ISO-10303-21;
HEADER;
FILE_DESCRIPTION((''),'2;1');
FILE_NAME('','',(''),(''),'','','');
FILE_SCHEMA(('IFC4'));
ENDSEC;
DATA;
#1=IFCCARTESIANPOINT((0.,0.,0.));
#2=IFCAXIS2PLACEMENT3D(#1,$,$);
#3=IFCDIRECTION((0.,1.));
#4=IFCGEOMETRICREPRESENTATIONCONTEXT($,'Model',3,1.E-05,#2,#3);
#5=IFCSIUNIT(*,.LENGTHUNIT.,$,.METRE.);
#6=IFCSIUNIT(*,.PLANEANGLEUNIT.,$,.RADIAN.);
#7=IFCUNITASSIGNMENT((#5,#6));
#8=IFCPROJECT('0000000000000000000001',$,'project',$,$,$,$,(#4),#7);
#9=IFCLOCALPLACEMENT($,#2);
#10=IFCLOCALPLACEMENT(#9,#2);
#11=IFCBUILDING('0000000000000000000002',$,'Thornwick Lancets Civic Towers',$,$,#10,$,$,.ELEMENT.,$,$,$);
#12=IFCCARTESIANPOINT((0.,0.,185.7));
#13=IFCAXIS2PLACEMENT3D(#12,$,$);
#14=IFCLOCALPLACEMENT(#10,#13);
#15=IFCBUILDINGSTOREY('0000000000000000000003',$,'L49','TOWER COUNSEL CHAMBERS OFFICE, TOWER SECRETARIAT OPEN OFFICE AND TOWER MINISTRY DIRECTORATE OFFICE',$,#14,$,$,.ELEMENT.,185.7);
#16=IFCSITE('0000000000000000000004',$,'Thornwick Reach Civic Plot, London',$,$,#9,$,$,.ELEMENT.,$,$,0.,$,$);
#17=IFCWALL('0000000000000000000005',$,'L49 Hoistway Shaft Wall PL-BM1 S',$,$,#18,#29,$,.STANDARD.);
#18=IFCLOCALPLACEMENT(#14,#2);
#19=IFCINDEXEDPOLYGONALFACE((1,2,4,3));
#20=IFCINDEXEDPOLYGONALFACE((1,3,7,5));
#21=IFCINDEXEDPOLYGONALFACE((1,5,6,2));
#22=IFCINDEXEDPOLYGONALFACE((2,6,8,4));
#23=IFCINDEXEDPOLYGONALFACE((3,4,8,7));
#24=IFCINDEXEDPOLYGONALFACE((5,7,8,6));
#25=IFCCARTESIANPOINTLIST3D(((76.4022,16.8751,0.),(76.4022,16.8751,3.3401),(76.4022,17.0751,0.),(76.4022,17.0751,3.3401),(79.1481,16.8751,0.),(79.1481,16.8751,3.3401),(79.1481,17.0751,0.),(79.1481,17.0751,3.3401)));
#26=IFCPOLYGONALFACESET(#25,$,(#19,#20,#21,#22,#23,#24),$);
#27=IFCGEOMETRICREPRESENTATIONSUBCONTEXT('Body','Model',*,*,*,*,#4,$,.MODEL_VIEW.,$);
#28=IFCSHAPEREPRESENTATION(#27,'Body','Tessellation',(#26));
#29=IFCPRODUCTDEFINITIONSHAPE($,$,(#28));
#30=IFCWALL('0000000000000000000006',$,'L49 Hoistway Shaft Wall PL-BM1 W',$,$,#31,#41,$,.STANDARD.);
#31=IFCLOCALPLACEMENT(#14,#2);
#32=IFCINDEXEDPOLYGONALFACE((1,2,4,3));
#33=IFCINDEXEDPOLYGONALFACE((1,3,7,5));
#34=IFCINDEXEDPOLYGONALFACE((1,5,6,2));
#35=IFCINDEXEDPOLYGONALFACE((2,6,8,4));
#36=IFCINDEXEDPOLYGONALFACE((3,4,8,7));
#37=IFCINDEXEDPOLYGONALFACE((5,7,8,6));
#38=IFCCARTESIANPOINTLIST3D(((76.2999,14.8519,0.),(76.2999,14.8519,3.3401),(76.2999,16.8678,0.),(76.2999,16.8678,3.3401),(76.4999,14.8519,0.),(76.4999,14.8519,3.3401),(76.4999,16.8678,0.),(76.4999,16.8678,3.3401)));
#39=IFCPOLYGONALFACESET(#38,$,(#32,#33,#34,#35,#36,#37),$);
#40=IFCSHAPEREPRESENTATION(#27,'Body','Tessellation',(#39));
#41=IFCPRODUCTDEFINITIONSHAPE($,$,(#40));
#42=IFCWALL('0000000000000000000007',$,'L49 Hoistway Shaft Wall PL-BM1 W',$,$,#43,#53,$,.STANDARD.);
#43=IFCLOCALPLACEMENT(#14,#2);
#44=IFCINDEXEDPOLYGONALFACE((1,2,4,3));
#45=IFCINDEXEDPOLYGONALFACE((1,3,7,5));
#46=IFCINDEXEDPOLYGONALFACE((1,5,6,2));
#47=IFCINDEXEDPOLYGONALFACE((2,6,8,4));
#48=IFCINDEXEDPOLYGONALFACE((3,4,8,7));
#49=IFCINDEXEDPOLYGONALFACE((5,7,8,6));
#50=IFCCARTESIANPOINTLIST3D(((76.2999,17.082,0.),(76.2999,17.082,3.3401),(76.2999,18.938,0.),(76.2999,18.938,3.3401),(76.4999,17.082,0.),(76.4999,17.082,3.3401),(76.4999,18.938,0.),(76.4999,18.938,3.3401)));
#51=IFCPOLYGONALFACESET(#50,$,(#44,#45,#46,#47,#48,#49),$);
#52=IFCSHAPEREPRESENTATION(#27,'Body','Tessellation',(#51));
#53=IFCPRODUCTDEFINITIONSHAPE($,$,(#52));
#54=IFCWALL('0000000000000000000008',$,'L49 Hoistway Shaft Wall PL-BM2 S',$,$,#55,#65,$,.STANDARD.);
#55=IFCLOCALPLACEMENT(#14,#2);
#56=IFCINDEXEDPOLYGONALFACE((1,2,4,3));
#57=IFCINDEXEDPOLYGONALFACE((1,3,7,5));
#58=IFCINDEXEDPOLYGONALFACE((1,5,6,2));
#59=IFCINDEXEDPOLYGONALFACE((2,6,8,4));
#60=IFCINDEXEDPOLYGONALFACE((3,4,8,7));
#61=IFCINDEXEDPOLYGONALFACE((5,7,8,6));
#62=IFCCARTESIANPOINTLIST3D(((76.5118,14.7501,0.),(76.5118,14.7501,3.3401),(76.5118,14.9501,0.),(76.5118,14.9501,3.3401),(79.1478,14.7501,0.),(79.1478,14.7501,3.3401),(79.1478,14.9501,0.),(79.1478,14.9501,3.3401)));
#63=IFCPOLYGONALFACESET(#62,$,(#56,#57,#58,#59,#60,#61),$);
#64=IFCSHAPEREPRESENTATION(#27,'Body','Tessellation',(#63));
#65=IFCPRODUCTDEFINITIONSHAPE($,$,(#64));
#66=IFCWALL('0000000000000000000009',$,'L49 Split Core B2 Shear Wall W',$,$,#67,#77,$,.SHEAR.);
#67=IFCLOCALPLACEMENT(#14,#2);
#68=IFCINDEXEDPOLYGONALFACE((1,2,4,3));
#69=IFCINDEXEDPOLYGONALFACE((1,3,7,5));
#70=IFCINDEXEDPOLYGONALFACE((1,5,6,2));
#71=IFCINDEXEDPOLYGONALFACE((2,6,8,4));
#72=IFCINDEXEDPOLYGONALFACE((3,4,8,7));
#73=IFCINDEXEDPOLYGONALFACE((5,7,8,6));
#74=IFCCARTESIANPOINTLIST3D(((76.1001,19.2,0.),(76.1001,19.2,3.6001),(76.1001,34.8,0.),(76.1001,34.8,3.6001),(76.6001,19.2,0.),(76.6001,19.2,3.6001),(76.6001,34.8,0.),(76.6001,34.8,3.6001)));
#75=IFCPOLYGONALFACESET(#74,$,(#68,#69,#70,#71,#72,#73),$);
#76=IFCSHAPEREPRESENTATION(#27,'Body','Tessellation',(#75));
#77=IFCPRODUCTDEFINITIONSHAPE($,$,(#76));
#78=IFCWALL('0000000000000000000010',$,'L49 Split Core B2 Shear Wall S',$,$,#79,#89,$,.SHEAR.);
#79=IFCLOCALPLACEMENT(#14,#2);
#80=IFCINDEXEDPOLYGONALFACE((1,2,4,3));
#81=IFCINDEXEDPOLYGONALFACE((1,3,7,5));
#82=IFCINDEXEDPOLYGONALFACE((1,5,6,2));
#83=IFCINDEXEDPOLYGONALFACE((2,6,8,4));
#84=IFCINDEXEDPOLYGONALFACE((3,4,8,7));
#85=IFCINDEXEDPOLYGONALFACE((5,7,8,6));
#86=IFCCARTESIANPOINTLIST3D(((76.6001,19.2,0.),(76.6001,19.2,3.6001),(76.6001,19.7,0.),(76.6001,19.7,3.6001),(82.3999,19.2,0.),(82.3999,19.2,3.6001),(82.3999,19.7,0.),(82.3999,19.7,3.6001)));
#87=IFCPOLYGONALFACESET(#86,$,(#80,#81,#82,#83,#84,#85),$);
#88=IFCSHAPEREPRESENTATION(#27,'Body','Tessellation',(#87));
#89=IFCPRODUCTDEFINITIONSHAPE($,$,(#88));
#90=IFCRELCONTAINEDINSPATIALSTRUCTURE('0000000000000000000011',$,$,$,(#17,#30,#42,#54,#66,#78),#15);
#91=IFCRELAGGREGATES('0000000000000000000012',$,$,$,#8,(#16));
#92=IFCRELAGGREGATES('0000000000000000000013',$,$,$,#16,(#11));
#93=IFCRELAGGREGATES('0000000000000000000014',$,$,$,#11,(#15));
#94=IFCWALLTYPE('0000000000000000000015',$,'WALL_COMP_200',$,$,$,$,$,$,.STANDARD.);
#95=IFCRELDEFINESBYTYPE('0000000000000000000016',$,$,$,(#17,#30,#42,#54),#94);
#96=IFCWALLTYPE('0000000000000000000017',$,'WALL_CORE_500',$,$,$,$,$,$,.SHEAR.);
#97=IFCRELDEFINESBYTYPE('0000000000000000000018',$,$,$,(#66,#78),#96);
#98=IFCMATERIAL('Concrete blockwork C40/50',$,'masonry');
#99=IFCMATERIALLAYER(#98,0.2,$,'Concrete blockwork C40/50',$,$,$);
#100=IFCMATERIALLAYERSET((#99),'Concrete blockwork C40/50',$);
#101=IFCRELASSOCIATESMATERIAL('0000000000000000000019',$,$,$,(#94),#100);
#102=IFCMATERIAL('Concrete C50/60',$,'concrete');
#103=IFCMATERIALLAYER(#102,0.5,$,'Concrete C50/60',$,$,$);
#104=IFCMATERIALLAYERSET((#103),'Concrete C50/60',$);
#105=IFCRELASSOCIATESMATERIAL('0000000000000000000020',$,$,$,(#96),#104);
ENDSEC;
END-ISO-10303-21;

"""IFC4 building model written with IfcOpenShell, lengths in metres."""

from ifc_helpers import new_model, si_unit, direction, frame, frame_2d, origin, place, context, subcontext, project, spatial, rectangle, extrude, material, layer, layer_set, type_object, element, save


model = new_model("IFC4")

# Units and contexts
model_context = context("Model", 3, precision=1e-05, world=origin(), true_north=direction((0.0, 1.0)))
body_context = subcontext(model_context, "Body", "Model", "MODEL_VIEW")
ifc_project = project(units=[si_unit("LENGTHUNIT", "METRE"), si_unit("PLANEANGLEUNIT", "RADIAN")], contexts=[model_context])

# Site, building, storey
site_placement = place(None, origin())
site = spatial("IfcSite", under=ifc_project, at=site_placement, Name="Thornwick Reach Civic Plot, London", CompositionType="ELEMENT", RefElevation=0.0)
building_placement = place(site_placement, origin())
building = spatial("IfcBuilding", under=site, at=building_placement, Name="Thornwick Lancets Civic Towers", CompositionType="ELEMENT")
storey_placement = place(building_placement, frame((0.0, 0.0, 185.7)))
storey = spatial("IfcBuildingStorey", under=building, at=storey_placement, Name="L49", Description="TOWER COUNSEL CHAMBERS OFFICE, TOWER SECRETARIAT OPEN OFFICE AND TOWER MINISTRY DIRECTORATE OFFICE", CompositionType="ELEMENT", Elevation=185.7)

# Shared definitions
ifc_material_1 = material(Name="Concrete C50/60", Category="concrete")

# Walls
ifc_material_2 = material(Name="Concrete blockwork C40/50", Category="masonry")
ifc_layer_1 = layer(ifc_material_2, 0.2, Name="Concrete blockwork C40/50")
ifc_layer_set_1 = layer_set([ifc_layer_1], Name="Concrete blockwork C40/50")
wall_type_1 = type_object("IfcWallType", Name="WALL_COMP_200", PredefinedType="STANDARD", material=ifc_layer_set_1)
wall_1_placement = place(storey_placement, frame((76.4021, 16.9751, 0.0), z_axis=(0.0, 0.0, 1.0), x_axis=(1.0, 0.0, 0.0)))
element("IfcWall", 1, at=wall_1_placement, inside=storey, type_object=wall_type_1, Name="L49 Hoistway Shaft Wall PL-BM1 S", PredefinedType="STANDARD", context=body_context, shape_type="SweptSolid", body=[
    extrude(rectangle(XDim=2.7458, YDim=0.2, at=frame_2d((1.373, 0.0))), origin(), (0.0, 0.0, 1.0), 3.3401),
])
wall_2_placement = place(storey_placement, frame((76.3999, 14.8521, 0.0), z_axis=(0.0, 0.0, 1.0), x_axis=(0.0, 1.0, 0.0)))
element("IfcWall", 2, at=wall_2_placement, inside=storey, type_object=wall_type_1, Name="L49 Hoistway Shaft Wall PL-BM1 W", PredefinedType="STANDARD", context=body_context, shape_type="SweptSolid", body=[
    extrude(rectangle(XDim=2.0159, YDim=0.2, at=frame_2d((1.0078, 0.0))), origin(), (0.0, 0.0, 1.0), 3.3401),
])
wall_3_placement = place(storey_placement, frame((76.3999, 17.082, 0.0), z_axis=(0.0, 0.0, 1.0), x_axis=(0.0, 1.0, 0.0)))
element("IfcWall", 3, at=wall_3_placement, inside=storey, type_object=wall_type_1, Name="L49 Hoistway Shaft Wall PL-BM1 W", PredefinedType="STANDARD", context=body_context, shape_type="SweptSolid", body=[
    extrude(rectangle(XDim=1.856, YDim=0.2, at=frame_2d((0.928, 0.0))), origin(), (0.0, 0.0, 1.0), 3.3401),
])
wall_4_placement = place(storey_placement, frame((76.512, 14.8501, 0.0), z_axis=(0.0, 0.0, 1.0), x_axis=(1.0, 0.0, 0.0)))
element("IfcWall", 4, at=wall_4_placement, inside=storey, type_object=wall_type_1, Name="L49 Hoistway Shaft Wall PL-BM2 S", PredefinedType="STANDARD", context=body_context, shape_type="SweptSolid", body=[
    extrude(rectangle(XDim=2.636, YDim=0.2, at=frame_2d((1.3179, 0.0))), origin(), (0.0, 0.0, 1.0), 3.3401),
])
ifc_layer_2 = layer(ifc_material_1, 0.5, Name="Concrete C50/60")
ifc_layer_set_2 = layer_set([ifc_layer_2], Name="Concrete C50/60")
wall_type_2 = type_object("IfcWallType", Name="WALL_CORE_500", PredefinedType="SHEAR", material=ifc_layer_set_2)
wall_5_placement = place(storey_placement, frame((76.3501, 19.2, 0.0), z_axis=(0.0, 0.0, 1.0), x_axis=(0.0, 1.0, 0.0)))
element("IfcWall", 5, at=wall_5_placement, inside=storey, type_object=wall_type_2, Name="L49 Split Core B2 Shear Wall W", PredefinedType="SHEAR", context=body_context, shape_type="SweptSolid", body=[
    extrude(rectangle(XDim=15.6001, YDim=0.5, at=frame_2d((7.8, 0.0))), origin(), (0.0, 0.0, 1.0), 3.6001),
])
wall_6_placement = place(storey_placement, frame((76.6001, 19.45, 0.0), z_axis=(0.0, 0.0, 1.0), x_axis=(1.0, 0.0, 0.0)))
element("IfcWall", 6, at=wall_6_placement, inside=storey, type_object=wall_type_2, Name="L49 Split Core B2 Shear Wall S", PredefinedType="SHEAR", context=body_context, shape_type="SweptSolid", body=[
    extrude(rectangle(XDim=5.7998, YDim=0.5, at=frame_2d((2.8999, 0.0))), origin(), (0.0, 0.0, 1.0), 3.6001),
])

save(model, "model.ifc")
